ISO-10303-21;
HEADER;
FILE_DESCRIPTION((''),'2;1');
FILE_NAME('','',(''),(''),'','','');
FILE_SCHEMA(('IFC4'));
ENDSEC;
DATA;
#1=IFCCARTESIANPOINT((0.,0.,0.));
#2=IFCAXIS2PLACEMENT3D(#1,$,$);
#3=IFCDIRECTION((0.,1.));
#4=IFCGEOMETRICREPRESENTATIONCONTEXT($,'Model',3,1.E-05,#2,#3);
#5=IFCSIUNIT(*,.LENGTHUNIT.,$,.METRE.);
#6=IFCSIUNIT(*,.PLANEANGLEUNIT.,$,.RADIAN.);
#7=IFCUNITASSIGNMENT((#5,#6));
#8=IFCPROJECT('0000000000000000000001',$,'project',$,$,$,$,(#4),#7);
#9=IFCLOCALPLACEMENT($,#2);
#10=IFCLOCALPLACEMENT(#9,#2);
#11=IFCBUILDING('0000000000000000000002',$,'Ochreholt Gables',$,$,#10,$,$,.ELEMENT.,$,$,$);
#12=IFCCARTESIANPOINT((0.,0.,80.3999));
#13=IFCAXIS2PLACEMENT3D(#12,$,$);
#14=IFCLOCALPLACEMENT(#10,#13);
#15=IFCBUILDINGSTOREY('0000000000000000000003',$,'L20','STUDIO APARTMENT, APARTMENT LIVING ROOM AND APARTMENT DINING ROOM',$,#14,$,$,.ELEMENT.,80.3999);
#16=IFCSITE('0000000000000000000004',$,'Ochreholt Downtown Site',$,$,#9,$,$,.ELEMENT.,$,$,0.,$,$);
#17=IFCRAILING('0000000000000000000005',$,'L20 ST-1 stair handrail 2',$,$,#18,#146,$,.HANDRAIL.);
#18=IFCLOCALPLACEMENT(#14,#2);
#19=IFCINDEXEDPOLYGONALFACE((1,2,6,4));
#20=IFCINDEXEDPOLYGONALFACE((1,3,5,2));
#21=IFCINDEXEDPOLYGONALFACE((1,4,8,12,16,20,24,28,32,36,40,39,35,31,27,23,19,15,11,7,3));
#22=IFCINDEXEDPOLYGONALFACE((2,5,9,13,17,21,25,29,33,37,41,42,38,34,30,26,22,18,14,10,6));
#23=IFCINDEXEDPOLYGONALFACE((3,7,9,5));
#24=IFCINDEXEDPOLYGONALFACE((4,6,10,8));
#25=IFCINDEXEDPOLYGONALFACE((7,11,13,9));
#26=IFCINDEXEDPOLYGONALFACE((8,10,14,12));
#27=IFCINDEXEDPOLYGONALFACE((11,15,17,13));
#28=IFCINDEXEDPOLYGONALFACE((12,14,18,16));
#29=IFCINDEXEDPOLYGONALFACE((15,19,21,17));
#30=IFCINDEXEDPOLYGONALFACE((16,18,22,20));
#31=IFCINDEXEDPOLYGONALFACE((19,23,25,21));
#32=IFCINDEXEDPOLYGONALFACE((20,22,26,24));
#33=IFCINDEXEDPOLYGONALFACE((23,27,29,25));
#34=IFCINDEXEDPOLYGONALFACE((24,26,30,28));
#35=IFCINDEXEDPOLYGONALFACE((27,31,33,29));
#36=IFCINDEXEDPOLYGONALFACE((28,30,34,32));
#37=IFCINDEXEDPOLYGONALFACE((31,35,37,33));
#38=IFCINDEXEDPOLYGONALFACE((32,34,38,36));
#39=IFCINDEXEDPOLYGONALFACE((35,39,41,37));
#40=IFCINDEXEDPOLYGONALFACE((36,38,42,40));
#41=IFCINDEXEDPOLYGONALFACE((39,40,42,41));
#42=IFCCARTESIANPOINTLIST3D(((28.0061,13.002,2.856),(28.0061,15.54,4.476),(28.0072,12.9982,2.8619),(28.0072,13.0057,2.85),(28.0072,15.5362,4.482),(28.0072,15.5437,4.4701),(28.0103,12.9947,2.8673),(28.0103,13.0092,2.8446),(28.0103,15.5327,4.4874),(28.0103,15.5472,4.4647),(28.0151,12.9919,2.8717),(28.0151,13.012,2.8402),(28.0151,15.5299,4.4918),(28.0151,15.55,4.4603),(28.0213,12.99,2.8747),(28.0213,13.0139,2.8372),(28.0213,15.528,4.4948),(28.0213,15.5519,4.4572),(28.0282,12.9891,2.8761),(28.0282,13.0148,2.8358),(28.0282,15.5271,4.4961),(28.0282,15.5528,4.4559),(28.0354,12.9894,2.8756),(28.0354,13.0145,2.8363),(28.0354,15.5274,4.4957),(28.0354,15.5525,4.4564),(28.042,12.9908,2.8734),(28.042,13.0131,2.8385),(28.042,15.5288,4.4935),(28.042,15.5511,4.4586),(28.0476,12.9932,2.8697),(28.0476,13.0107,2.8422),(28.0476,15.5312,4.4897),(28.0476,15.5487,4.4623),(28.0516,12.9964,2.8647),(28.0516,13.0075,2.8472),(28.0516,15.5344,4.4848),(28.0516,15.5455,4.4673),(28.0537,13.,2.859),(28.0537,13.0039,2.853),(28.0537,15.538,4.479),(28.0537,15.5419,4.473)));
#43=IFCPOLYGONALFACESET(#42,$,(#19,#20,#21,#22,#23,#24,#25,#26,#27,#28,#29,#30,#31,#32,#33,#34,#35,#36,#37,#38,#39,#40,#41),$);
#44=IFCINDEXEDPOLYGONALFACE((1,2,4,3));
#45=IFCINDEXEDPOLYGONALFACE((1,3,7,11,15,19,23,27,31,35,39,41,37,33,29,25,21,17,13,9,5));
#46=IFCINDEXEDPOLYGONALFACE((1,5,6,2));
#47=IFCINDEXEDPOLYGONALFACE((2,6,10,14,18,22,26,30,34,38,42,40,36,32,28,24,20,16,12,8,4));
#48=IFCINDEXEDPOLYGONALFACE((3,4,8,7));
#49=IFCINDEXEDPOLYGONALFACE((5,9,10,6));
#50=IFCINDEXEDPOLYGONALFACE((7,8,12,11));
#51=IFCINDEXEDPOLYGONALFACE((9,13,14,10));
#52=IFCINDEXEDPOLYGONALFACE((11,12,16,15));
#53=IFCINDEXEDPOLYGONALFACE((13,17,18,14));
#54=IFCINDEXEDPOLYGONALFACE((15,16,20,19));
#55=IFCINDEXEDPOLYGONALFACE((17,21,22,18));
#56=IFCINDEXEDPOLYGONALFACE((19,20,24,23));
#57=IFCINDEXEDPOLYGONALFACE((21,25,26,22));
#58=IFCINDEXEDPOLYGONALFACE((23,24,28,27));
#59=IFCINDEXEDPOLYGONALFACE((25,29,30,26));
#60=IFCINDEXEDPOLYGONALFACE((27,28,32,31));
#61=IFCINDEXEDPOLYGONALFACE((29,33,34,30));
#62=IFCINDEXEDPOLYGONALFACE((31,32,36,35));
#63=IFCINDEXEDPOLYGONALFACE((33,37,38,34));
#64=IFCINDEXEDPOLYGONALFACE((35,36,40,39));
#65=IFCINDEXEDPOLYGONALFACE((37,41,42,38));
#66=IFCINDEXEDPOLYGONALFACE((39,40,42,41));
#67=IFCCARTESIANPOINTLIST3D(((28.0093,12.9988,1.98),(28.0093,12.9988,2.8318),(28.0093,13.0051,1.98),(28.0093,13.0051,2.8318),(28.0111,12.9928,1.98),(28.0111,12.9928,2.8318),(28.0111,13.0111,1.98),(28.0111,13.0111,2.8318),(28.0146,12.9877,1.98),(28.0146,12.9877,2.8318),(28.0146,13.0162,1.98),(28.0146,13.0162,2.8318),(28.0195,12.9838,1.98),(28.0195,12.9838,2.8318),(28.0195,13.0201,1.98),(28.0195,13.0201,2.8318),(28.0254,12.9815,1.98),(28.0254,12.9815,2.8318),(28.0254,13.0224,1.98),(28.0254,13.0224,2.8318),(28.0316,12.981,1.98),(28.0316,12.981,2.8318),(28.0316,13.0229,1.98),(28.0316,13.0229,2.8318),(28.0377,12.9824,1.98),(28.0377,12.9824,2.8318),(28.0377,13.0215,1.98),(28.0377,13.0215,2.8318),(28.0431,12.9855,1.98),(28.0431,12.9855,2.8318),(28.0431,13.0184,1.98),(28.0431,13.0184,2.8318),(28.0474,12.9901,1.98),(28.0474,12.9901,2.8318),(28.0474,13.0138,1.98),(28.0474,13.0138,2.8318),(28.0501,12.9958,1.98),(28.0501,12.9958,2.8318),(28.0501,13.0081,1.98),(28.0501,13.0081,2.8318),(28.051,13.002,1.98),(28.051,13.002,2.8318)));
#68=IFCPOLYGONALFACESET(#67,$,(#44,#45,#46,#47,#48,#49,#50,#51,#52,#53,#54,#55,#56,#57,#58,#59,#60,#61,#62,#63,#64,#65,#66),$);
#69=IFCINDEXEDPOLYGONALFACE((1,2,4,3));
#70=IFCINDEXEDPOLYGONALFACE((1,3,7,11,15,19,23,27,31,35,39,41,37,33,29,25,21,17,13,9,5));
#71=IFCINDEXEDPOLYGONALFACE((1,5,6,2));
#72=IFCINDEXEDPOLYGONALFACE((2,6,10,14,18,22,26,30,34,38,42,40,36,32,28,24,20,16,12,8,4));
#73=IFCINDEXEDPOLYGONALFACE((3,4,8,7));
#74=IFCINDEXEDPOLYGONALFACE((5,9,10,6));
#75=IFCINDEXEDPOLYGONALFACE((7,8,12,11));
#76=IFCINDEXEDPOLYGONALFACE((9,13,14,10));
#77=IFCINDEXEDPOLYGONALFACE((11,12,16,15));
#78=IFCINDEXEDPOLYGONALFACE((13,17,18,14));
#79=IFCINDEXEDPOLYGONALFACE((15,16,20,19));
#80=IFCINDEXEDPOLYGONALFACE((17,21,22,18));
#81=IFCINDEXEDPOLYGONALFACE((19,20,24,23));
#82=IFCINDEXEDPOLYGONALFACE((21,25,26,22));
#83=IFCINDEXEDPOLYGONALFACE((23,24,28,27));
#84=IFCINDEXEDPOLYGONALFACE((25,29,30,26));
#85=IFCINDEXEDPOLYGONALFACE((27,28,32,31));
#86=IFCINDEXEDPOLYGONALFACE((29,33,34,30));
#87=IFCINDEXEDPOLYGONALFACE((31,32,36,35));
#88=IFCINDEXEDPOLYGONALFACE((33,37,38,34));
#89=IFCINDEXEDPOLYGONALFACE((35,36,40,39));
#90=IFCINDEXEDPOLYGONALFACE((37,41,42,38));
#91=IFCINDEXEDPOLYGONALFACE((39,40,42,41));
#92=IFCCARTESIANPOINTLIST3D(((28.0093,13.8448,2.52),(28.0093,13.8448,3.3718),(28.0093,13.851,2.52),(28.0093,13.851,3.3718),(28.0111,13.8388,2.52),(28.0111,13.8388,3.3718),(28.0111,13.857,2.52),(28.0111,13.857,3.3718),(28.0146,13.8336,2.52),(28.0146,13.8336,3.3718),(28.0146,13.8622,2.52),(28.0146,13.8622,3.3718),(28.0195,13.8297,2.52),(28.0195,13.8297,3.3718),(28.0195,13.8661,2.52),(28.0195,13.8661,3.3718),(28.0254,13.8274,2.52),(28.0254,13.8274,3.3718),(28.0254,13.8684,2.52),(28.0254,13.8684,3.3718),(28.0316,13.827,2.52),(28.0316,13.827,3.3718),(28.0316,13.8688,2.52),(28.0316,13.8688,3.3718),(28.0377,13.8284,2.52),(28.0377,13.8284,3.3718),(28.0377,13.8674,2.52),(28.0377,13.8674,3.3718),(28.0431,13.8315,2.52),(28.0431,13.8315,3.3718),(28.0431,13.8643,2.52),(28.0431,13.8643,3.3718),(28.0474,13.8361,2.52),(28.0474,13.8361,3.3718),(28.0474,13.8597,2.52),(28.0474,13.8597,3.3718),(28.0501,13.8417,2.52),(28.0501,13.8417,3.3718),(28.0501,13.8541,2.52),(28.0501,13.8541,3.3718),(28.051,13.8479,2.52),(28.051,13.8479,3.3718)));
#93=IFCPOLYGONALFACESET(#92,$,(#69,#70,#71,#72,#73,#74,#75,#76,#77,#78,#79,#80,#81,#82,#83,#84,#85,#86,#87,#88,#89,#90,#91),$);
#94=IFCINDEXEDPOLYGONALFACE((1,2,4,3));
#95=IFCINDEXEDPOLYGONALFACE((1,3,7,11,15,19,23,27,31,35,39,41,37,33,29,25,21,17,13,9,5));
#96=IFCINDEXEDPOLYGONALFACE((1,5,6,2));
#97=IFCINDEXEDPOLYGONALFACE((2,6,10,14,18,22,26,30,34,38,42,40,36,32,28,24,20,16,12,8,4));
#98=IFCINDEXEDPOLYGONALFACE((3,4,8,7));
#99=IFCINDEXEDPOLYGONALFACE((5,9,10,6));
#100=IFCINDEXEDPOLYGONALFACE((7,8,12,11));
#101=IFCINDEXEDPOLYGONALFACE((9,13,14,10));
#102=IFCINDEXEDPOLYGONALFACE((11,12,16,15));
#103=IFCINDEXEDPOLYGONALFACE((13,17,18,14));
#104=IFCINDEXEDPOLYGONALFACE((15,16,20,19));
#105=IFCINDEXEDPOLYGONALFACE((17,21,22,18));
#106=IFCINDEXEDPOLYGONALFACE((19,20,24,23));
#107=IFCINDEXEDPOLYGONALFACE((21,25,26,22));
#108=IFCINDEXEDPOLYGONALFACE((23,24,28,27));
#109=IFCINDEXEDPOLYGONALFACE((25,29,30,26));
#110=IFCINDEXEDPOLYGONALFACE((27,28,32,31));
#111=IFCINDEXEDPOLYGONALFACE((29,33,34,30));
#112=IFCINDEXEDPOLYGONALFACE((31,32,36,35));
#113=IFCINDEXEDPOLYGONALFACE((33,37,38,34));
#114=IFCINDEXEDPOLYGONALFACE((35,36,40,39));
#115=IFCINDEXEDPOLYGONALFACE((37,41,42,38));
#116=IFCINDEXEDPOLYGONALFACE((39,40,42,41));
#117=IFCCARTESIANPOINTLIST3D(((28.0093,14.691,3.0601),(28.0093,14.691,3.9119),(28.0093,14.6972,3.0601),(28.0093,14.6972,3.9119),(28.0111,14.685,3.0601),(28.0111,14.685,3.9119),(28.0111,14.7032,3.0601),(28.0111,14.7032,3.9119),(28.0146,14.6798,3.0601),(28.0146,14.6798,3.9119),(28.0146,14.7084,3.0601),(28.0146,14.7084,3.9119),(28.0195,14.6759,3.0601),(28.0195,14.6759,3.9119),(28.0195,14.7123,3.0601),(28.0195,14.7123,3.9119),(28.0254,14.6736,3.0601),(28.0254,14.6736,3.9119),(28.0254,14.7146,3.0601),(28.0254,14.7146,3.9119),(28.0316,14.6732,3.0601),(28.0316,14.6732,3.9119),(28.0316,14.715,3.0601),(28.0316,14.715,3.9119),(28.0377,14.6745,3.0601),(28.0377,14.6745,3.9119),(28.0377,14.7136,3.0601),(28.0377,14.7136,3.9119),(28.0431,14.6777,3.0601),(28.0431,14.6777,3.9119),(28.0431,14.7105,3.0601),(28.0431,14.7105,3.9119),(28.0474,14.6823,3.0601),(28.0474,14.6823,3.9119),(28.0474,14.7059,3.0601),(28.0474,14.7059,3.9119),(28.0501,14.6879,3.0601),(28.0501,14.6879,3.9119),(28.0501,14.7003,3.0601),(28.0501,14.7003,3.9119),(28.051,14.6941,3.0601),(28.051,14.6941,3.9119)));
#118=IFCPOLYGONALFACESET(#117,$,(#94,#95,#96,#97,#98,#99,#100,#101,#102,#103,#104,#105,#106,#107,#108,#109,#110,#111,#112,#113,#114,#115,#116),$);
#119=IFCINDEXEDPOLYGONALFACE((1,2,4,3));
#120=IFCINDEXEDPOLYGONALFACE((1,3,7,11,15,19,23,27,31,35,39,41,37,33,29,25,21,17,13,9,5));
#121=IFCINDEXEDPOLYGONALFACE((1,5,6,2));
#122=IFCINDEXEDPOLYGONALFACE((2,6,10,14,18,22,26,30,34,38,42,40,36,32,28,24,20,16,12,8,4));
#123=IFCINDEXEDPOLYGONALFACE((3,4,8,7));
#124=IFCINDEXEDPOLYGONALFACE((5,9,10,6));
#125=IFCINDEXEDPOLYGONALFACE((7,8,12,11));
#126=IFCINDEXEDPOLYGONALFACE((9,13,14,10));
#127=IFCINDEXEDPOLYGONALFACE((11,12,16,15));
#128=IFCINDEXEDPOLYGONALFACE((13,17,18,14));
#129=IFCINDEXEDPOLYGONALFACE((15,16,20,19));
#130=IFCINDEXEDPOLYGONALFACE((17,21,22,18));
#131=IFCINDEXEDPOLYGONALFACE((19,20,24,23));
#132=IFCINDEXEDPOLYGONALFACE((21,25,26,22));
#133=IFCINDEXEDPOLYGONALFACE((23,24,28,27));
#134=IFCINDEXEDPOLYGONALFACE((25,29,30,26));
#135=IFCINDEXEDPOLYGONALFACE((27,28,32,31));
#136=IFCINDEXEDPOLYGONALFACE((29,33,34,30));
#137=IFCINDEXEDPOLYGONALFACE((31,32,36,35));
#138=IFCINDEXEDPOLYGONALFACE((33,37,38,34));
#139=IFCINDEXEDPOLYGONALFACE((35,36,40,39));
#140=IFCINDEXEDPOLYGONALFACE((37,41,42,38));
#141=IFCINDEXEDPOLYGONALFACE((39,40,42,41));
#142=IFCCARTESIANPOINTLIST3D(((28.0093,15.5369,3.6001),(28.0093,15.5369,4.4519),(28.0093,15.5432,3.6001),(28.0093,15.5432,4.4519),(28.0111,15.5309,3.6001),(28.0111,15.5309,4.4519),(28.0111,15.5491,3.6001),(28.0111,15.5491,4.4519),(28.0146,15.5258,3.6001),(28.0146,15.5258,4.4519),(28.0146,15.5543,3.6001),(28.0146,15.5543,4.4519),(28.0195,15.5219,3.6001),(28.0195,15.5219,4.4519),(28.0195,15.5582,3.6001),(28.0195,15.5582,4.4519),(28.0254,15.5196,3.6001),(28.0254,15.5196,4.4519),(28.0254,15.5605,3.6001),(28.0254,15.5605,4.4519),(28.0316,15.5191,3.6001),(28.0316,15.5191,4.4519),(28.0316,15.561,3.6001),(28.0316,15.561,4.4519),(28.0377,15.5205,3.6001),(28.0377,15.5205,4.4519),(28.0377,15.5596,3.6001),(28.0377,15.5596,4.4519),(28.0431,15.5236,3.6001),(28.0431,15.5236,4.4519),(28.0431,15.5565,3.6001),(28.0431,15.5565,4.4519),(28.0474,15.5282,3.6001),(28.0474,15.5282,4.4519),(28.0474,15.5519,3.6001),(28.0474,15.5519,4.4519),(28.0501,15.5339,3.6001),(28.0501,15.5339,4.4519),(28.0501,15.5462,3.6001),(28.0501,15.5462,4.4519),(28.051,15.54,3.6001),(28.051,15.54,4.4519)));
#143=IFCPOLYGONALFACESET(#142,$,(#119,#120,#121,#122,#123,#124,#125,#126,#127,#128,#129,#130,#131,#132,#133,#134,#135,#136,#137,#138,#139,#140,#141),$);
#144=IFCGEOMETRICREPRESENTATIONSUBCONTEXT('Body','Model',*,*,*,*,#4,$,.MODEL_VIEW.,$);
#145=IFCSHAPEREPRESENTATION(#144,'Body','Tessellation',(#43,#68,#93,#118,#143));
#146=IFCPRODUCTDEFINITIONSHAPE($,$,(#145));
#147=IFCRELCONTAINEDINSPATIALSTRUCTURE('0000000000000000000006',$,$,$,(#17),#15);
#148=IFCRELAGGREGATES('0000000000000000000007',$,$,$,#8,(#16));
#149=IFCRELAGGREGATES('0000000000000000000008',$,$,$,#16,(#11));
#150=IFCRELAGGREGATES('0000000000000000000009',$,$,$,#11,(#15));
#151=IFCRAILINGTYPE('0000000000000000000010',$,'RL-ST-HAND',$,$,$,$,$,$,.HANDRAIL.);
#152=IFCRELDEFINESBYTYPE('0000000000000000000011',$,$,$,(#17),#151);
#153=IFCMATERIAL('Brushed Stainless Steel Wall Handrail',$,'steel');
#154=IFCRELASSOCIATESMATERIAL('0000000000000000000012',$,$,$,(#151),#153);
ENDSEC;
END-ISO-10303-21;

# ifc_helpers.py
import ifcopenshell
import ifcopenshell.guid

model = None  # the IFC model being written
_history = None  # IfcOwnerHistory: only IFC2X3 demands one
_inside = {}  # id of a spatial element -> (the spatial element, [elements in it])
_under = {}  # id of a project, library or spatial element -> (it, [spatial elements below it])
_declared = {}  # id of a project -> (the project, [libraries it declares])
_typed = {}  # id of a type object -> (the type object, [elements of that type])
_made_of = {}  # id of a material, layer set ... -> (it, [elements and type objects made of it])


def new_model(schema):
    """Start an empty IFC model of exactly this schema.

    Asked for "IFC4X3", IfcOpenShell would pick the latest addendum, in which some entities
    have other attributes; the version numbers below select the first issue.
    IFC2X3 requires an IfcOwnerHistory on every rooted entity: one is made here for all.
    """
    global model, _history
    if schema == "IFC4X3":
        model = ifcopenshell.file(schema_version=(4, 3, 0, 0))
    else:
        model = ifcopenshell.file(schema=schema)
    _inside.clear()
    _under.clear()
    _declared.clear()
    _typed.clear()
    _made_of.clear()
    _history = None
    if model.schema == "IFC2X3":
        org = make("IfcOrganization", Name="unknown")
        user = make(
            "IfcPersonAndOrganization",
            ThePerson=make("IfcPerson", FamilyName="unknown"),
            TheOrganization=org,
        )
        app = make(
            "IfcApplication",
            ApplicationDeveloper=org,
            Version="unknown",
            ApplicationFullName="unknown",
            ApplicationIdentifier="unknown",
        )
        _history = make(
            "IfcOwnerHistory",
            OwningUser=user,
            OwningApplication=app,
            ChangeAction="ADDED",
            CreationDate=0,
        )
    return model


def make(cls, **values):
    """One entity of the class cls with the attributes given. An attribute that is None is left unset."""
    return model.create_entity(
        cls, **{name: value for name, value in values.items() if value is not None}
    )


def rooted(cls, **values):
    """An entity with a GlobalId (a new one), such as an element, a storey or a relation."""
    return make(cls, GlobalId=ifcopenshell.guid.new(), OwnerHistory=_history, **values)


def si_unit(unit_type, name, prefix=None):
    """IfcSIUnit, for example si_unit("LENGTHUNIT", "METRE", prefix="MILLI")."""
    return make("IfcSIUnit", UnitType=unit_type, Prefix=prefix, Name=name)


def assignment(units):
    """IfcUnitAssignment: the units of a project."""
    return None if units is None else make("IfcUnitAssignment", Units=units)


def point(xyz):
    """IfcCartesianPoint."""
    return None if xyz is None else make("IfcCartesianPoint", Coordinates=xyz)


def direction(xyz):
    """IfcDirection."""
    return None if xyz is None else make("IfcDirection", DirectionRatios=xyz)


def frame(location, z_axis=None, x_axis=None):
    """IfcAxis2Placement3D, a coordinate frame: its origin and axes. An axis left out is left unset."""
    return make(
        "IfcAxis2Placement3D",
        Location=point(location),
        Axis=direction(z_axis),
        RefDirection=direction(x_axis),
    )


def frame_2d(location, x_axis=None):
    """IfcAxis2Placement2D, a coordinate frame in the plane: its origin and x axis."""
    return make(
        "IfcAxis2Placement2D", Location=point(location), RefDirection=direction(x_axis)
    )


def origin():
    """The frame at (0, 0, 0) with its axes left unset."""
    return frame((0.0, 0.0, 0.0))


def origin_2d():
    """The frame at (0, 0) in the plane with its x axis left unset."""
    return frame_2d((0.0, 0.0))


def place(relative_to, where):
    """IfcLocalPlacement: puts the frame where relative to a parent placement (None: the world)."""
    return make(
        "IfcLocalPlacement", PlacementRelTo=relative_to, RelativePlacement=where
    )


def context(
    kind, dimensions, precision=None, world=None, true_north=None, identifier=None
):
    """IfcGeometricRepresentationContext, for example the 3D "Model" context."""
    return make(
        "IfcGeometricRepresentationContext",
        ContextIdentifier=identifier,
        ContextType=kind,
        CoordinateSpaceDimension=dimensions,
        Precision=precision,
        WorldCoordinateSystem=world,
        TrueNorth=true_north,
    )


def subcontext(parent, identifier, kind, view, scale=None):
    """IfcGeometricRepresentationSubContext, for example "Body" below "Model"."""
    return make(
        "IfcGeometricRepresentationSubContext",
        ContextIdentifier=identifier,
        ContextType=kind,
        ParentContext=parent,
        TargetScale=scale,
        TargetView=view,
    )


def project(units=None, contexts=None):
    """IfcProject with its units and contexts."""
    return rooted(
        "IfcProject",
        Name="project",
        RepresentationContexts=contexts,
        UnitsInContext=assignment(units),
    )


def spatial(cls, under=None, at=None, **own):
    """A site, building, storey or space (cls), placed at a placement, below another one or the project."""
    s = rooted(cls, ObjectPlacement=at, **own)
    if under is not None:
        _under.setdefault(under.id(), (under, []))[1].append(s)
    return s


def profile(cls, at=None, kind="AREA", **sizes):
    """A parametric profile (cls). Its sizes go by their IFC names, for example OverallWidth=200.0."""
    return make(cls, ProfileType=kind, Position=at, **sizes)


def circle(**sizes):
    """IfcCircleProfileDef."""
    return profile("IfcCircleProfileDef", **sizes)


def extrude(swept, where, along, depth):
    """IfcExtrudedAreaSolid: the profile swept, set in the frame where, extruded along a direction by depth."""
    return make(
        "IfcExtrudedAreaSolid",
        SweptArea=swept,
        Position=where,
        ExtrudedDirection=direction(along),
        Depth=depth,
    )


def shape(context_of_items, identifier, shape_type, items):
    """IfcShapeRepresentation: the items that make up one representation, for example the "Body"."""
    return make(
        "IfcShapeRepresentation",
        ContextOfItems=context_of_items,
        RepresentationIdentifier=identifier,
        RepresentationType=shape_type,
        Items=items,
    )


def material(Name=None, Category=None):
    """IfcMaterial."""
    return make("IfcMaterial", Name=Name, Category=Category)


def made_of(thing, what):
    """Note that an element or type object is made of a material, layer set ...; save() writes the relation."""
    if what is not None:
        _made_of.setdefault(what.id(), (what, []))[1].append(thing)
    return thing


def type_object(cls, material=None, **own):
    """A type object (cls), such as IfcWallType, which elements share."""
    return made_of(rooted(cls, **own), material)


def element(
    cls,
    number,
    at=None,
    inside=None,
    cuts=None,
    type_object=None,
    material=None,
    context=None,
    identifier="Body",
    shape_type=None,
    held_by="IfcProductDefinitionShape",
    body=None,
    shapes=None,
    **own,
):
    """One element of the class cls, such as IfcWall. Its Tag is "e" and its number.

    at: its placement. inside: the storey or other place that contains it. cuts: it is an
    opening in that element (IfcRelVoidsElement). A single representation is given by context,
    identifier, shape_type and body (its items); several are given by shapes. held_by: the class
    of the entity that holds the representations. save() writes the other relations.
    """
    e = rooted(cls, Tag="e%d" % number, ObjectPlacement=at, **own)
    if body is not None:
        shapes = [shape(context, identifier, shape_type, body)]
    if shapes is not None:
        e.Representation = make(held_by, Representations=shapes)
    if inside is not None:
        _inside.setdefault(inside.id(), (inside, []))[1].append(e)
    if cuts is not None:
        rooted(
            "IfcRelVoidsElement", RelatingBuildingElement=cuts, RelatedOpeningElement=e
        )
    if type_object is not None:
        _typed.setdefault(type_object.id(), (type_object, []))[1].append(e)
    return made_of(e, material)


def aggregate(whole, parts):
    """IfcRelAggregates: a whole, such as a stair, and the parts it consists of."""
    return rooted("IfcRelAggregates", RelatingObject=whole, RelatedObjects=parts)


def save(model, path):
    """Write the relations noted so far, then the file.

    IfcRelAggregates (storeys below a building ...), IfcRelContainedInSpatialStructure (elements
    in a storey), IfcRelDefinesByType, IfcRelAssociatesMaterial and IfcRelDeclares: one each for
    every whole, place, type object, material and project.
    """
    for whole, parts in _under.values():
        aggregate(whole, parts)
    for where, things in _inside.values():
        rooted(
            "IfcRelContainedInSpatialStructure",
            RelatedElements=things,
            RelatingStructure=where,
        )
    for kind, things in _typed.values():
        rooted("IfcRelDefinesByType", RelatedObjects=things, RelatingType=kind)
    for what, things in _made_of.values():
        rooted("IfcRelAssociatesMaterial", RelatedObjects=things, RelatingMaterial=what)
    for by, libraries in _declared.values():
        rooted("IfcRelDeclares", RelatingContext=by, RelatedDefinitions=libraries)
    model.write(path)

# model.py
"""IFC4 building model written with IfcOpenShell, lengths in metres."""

from ifc_helpers import new_model, si_unit, direction, frame, origin, origin_2d, place, context, subcontext, project, spatial, circle, extrude, material, type_object, element, save


model = new_model("IFC4")

# Units and contexts
model_context = context("Model", 3, precision=1e-05, world=origin(), true_north=direction((0.0, 1.0)))
body_context = subcontext(model_context, "Body", "Model", "MODEL_VIEW")
ifc_project = project(units=[si_unit("LENGTHUNIT", "METRE"), si_unit("PLANEANGLEUNIT", "RADIAN")], contexts=[model_context])

# Site, building, storey
site_placement = place(None, origin())
site = spatial("IfcSite", under=ifc_project, at=site_placement, Name="Ochreholt Downtown Site", CompositionType="ELEMENT", RefElevation=0.0)
building_placement = place(site_placement, origin())
building = spatial("IfcBuilding", under=site, at=building_placement, Name="Ochreholt Gables", CompositionType="ELEMENT")
storey_placement = place(building_placement, frame((0.0, 0.0, 80.3999)))
storey = spatial("IfcBuildingStorey", under=building, at=storey_placement, Name="L20", Description="STUDIO APARTMENT, APARTMENT LIVING ROOM AND APARTMENT DINING ROOM", CompositionType="ELEMENT", Elevation=80.3999)

# Railing
ifc_material_1 = material(Name="Brushed Stainless Steel Wall Handrail", Category="steel")
railing_type = type_object("IfcRailingType", Name="RL-ST-HAND", PredefinedType="HANDRAIL", material=ifc_material_1)
railing_placement = place(storey_placement, frame((28.03, 13.002, 1.98)))
element("IfcRailing", 1, at=railing_placement, inside=storey, type_object=railing_type, Name="L20 ST-1 stair handrail 2", PredefinedType="HANDRAIL", context=body_context, shape_type="SweptSolid", body=[
    extrude(circle(Radius=0.0239, at=origin_2d()), frame((0.0, 0.0, 0.876), z_axis=(0.0, 0.842913, 0.53805), x_axis=(-1.0, 0.0, 0.0)), (0.0, 0.0, 1.0), 3.011),
    extrude(circle(Radius=0.021, at=origin_2d()), origin(), (0.0, 0.0, 1.0), 0.8518),
    extrude(circle(Radius=0.021, at=origin_2d()), frame((0.0, 0.8459, 0.54)), (0.0, 0.0, 1.0), 0.8518),
    extrude(circle(Radius=0.021, at=origin_2d()), frame((0.0, 1.6921, 1.0801)), (0.0, 0.0, 1.0), 0.8518),
    extrude(circle(Radius=0.021, at=origin_2d()), frame((0.0, 2.5381, 1.6201)), (0.0, 0.0, 1.0), 0.8518),
])

save(model, "model.ifc")
